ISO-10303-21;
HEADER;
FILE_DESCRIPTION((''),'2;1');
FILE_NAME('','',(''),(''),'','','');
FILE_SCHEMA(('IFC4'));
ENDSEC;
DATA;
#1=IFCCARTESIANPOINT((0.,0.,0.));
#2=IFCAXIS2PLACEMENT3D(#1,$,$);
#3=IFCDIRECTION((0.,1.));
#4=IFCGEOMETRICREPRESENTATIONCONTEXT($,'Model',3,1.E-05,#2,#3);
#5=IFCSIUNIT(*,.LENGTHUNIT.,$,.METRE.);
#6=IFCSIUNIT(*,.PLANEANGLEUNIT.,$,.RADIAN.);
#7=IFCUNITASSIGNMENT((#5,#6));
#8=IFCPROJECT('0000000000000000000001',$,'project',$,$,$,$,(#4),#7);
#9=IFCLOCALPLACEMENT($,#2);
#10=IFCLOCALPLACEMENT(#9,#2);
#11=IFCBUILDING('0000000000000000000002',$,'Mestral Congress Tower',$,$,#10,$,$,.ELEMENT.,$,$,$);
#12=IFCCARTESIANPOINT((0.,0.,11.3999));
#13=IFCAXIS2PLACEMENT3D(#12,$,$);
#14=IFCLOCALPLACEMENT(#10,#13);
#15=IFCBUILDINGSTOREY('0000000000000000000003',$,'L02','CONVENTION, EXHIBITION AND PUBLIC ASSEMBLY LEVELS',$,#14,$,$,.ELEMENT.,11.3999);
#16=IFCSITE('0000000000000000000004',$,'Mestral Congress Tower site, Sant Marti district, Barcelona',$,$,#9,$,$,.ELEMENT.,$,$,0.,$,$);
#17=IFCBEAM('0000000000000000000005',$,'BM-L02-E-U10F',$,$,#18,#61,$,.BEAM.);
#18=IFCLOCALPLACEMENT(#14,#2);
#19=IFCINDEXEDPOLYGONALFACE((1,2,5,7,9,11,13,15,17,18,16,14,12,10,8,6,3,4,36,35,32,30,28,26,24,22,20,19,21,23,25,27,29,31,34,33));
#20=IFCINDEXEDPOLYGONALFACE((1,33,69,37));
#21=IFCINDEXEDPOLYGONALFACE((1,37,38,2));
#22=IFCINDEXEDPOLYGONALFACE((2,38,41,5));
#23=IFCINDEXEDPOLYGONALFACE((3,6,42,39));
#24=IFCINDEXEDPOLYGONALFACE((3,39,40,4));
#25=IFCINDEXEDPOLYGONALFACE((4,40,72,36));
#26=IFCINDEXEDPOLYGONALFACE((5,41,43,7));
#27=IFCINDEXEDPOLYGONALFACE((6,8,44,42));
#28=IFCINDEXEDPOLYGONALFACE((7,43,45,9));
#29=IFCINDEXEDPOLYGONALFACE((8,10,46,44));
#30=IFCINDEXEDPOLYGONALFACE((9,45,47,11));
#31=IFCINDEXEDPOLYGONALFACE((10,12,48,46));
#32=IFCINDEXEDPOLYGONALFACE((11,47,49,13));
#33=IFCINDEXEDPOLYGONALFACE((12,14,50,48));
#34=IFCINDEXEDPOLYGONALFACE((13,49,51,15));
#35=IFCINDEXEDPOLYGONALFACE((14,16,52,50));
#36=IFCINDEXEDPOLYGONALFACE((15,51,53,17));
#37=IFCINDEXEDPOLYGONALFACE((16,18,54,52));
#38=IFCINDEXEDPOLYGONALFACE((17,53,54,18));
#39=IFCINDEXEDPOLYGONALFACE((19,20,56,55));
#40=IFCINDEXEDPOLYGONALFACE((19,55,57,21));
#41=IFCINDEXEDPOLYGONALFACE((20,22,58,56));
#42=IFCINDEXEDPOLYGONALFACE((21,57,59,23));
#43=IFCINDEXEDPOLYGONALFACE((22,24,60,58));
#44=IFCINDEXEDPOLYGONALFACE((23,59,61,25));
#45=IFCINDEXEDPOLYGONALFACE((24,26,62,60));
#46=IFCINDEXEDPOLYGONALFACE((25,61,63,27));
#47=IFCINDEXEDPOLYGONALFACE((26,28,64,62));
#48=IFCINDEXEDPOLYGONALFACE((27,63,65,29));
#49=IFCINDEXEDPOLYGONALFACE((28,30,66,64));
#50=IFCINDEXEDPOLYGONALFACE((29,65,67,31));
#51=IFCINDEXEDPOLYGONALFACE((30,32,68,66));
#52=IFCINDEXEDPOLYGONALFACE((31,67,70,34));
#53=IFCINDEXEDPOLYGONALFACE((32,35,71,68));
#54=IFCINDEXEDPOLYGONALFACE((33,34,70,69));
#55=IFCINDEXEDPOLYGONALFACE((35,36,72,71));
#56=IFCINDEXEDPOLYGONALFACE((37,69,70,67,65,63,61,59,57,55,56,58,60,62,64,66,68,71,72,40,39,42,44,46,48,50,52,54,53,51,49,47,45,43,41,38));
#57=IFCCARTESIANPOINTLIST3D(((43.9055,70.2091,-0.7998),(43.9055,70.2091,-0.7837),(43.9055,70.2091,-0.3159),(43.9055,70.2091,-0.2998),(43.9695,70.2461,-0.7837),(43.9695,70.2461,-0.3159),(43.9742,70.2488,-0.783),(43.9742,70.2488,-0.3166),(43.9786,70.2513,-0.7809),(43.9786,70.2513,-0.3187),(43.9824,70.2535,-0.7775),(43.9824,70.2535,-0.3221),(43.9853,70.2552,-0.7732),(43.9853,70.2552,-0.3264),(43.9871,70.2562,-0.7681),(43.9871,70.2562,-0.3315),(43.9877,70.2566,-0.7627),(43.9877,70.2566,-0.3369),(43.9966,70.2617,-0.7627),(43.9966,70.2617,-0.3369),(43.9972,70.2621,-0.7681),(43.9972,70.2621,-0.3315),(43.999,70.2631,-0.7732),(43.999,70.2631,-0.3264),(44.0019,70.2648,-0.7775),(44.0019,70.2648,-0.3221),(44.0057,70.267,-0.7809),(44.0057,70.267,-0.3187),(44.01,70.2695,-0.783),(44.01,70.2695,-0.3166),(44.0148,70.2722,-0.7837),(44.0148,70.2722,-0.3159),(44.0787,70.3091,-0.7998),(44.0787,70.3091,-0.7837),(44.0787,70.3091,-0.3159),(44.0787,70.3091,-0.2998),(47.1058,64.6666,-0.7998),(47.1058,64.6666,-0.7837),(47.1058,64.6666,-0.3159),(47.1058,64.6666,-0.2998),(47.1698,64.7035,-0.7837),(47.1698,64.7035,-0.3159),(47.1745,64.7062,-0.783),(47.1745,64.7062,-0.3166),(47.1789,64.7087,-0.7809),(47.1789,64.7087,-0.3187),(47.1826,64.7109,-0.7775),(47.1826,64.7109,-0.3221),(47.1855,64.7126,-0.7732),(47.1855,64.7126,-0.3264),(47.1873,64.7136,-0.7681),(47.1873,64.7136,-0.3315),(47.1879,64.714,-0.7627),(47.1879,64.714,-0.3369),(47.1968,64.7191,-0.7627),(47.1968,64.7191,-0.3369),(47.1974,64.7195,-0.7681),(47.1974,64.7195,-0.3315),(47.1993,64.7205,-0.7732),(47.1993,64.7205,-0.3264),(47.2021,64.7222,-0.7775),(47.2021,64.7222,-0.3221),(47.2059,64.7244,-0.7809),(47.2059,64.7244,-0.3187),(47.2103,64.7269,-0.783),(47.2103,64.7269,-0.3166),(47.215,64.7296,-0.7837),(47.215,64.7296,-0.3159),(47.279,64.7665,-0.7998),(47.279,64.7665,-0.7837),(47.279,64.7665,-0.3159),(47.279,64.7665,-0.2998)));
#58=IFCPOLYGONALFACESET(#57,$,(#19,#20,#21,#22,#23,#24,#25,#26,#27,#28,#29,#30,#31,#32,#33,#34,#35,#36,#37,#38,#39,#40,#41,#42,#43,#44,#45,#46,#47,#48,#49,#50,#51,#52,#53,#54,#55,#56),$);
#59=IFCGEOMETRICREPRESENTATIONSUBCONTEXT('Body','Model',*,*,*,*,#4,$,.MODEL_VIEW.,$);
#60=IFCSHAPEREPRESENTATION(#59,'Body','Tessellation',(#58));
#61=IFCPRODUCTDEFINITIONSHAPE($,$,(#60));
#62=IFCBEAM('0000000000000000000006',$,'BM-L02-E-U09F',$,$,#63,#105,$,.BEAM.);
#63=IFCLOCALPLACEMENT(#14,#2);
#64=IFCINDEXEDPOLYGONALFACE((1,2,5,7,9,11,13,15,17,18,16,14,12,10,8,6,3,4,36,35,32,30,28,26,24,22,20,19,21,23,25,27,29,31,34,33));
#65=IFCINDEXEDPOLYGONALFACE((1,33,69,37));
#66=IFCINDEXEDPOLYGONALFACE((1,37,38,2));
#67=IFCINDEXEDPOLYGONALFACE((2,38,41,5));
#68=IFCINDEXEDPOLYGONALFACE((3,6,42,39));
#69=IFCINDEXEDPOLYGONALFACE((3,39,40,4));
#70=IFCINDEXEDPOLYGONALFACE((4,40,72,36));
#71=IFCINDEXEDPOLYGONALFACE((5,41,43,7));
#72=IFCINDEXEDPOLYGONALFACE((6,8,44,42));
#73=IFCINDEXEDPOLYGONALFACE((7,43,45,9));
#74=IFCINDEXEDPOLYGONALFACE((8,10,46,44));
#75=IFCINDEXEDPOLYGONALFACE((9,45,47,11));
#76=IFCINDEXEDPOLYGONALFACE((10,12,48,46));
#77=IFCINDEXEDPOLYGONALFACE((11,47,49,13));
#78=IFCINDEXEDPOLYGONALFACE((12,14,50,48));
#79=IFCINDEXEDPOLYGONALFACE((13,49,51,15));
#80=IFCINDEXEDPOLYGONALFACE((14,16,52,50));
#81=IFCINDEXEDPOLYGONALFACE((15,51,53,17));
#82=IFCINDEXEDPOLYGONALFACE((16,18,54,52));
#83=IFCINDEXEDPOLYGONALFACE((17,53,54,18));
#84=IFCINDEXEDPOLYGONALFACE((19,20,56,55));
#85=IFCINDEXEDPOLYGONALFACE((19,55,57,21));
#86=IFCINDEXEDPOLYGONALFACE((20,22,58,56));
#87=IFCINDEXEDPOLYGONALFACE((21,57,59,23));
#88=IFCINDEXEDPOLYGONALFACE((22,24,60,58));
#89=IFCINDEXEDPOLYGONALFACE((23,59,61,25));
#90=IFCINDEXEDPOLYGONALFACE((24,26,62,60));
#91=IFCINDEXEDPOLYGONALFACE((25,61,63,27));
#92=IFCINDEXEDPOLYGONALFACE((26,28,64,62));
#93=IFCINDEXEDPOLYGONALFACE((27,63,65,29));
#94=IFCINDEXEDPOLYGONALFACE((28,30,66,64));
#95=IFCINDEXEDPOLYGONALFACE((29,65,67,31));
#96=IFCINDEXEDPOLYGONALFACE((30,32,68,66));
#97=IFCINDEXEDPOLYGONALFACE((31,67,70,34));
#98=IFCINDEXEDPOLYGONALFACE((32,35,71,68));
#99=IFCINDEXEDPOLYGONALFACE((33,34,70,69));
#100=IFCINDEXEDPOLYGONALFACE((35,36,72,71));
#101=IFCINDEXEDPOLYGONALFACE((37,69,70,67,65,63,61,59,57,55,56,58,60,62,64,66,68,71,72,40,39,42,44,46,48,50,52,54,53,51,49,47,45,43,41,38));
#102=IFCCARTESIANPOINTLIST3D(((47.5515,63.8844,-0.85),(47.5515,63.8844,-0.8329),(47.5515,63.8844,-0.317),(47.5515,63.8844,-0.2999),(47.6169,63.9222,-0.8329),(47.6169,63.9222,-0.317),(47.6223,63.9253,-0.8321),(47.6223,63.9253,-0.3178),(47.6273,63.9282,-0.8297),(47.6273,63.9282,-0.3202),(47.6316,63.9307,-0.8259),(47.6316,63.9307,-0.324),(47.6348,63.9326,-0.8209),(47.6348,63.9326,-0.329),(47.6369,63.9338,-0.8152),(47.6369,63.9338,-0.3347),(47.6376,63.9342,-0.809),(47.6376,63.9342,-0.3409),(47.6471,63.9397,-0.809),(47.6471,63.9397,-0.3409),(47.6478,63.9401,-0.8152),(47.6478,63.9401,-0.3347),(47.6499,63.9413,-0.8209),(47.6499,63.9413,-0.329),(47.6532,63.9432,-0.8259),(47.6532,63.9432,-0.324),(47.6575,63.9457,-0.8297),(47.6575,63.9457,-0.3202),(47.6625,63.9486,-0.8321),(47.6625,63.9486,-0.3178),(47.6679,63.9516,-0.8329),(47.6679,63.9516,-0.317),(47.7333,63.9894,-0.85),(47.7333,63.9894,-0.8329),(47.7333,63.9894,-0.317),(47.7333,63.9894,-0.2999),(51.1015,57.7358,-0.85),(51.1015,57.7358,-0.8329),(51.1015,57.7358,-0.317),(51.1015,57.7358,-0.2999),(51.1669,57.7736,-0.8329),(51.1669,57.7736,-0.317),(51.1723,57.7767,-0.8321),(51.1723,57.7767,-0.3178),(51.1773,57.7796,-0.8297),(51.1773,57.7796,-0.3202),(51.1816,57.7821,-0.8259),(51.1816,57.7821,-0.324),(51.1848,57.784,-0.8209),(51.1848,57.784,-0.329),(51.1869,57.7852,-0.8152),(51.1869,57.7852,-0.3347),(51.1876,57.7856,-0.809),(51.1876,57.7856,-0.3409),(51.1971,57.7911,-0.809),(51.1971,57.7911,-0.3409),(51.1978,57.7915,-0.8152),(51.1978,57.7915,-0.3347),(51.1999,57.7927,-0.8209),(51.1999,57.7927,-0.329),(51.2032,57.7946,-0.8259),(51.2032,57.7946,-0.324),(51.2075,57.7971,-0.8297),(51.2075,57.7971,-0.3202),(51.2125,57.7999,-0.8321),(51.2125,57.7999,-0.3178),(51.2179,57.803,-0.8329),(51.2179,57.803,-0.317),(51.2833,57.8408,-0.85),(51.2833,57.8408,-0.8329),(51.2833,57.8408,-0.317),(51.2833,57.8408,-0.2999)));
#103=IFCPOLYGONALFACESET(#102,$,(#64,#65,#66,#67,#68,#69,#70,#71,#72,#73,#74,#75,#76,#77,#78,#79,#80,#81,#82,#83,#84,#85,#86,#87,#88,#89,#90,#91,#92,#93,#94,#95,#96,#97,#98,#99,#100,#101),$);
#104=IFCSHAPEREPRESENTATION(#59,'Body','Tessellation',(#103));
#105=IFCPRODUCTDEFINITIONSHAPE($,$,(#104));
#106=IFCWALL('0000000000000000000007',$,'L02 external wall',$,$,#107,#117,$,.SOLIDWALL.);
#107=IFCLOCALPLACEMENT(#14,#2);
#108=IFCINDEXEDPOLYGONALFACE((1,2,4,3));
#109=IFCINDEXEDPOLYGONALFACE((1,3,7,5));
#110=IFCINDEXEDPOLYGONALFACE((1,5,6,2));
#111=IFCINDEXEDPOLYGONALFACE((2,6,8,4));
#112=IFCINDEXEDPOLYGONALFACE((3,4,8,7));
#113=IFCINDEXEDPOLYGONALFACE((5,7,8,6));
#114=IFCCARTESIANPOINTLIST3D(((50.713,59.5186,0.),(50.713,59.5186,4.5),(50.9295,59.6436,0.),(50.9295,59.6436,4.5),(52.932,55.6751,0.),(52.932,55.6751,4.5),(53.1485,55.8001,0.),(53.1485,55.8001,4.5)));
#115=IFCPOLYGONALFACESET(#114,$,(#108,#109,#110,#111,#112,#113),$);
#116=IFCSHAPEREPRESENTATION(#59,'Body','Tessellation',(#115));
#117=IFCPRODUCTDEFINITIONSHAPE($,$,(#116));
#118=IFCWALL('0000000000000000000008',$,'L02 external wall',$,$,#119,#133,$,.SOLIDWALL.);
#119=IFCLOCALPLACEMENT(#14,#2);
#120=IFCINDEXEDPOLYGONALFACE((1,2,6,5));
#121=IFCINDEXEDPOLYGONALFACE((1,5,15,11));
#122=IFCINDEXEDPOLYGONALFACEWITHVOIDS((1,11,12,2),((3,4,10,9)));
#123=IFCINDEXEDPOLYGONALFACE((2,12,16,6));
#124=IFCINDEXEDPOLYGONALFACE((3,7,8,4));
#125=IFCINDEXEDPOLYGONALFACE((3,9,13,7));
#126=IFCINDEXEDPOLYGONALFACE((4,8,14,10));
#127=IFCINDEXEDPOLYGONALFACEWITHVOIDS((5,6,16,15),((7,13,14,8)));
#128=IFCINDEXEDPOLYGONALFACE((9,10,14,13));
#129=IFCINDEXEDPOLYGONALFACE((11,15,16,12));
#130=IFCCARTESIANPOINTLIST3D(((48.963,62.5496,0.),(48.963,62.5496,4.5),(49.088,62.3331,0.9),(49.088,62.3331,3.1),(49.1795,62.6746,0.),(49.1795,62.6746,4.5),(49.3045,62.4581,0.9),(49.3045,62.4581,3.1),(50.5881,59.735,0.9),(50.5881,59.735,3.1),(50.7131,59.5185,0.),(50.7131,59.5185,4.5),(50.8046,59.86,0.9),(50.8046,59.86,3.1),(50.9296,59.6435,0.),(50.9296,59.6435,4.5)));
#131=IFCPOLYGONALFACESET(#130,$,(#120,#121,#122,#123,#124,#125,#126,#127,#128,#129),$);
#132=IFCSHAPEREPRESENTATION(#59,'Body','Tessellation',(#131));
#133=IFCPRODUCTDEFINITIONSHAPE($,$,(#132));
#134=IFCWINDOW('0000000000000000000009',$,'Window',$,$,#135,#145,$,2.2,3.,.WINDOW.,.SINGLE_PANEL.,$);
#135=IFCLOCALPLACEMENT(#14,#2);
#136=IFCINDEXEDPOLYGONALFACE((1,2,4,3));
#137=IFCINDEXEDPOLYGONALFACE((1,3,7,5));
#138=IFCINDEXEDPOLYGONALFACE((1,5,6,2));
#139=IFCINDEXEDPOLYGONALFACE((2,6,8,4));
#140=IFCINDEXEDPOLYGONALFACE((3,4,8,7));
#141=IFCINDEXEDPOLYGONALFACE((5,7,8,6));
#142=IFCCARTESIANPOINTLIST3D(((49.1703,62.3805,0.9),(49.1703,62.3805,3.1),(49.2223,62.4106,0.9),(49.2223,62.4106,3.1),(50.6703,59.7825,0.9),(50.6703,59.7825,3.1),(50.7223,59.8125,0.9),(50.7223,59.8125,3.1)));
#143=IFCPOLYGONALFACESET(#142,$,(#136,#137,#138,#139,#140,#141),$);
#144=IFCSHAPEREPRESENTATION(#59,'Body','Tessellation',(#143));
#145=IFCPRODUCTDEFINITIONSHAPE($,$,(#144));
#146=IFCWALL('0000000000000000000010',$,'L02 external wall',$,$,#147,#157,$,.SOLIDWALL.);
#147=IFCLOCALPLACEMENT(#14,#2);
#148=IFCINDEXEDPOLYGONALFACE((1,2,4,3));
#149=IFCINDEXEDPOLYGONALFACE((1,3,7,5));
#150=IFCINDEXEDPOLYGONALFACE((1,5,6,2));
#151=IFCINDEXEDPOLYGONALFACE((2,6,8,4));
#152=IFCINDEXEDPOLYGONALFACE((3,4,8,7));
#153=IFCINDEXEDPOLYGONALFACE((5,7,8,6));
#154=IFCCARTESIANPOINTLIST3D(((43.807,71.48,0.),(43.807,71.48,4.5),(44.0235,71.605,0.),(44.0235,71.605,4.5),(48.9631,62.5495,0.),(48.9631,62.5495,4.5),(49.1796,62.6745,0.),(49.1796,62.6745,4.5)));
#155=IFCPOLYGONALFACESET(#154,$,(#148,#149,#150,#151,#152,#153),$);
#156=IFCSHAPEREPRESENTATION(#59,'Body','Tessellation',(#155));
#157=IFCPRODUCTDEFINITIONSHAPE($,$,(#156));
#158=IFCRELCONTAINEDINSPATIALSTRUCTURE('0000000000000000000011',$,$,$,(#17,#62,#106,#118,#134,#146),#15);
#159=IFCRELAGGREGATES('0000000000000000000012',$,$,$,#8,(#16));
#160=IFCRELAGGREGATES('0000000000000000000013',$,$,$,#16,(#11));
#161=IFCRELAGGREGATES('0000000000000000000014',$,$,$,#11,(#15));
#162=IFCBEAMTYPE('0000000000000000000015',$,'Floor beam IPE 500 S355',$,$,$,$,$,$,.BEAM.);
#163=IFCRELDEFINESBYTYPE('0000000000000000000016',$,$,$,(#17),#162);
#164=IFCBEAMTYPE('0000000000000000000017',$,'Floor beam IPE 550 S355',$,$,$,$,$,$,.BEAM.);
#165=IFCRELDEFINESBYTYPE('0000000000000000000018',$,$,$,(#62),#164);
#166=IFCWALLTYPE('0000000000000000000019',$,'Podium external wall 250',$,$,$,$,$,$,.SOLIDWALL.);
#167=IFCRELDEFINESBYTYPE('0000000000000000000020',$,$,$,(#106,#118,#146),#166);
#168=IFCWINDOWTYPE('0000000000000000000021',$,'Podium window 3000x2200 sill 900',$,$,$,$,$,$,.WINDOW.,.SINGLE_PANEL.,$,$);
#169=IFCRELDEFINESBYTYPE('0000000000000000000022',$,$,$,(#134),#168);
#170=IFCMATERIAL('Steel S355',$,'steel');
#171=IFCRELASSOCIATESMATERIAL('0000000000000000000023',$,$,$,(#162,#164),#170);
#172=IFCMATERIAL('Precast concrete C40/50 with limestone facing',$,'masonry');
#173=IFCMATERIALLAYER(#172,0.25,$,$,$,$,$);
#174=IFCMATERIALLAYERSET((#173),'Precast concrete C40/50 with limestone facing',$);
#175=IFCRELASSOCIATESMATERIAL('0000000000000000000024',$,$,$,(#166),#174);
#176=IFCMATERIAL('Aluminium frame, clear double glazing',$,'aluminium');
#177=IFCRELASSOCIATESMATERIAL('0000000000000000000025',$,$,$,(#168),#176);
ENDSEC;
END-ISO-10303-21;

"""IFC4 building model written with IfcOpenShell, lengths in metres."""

from ifc_helpers import new_model, si_unit, direction, frame, frame_2d, origin, origin_2d, place, context, subcontext, project, spatial, rectangle, i_section, extrude, material, layer, layer_set, material_profile, profile_set, type_object, element, fill, save


model = new_model("IFC4")

# Units and contexts
model_context = context("Model", 3, precision=1e-05, world=origin(), true_north=direction((0.0, 1.0)))
body_context = subcontext(model_context, "Body", "Model", "MODEL_VIEW")
ifc_project = project(units=[si_unit("LENGTHUNIT", "METRE"), si_unit("PLANEANGLEUNIT", "RADIAN")], contexts=[model_context])

# Site, building, storey
site_placement = place(None, origin())
site = spatial("IfcSite", under=ifc_project, at=site_placement, Name="Mestral Congress Tower site, Sant Marti district, Barcelona", CompositionType="ELEMENT", RefElevation=0.0)
building_placement = place(site_placement, origin())
building = spatial("IfcBuilding", under=site, at=building_placement, Name="Mestral Congress Tower", CompositionType="ELEMENT")
storey_placement = place(building_placement, frame((0.0, 0.0, 11.3999)))
storey = spatial("IfcBuildingStorey", under=building, at=storey_placement, Name="L02", Description="CONVENTION, EXHIBITION AND PUBLIC ASSEMBLY LEVELS", CompositionType="ELEMENT", Elevation=11.3999)

# Beams
ifc_material_1 = material(Name="Steel S355", Category="steel")
ifc_material_profile_1 = material_profile(ifc_material_1, i_section(OverallWidth=0.2, OverallDepth=0.5, WebThickness=0.0103, FlangeThickness=0.0161, FilletRadius=0.021, at=origin_2d()), Name="IPE 500")
ifc_profile_set_1 = profile_set([ifc_material_profile_1], Name="Steel S355")
beam_type_1 = type_object("IfcBeamType", Name="Floor beam IPE 500 S355", PredefinedType="BEAM", material=ifc_profile_set_1)
beam_1_placement = place(storey_placement, frame((47.1924, 64.7166, -0.5498), z_axis=(-0.500028, 0.866009, 0.0), x_axis=(-0.866009, -0.500028, 0.0)))
element("IfcBeam", 1, at=beam_1_placement, inside=storey, type_object=beam_type_1, Name="BM-L02-E-U10F", PredefinedType="BEAM", context=body_context, shape_type="SweptSolid", body=[
    extrude(i_section(OverallWidth=0.2, OverallDepth=0.5, WebThickness=0.0103, FlangeThickness=0.0161, FilletRadius=0.021, at=origin_2d()), origin(), (0.0, 0.0, 1.0), 6.4001),
])
ifc_material_profile_2 = material_profile(ifc_material_1, i_section(OverallWidth=0.21, OverallDepth=0.55, WebThickness=0.011, FlangeThickness=0.0171, FilletRadius=0.0239, at=origin_2d()), Name="IPE 550")
ifc_profile_set_2 = profile_set([ifc_material_profile_2], Name="Steel S355")
beam_type_2 = type_object("IfcBeamType", Name="Floor beam IPE 550 S355", PredefinedType="BEAM", material=ifc_profile_set_2)
beam_2_placement = place(storey_placement, frame((51.1924, 57.7883, -0.575), z_axis=(-0.500011, 0.866019, 0.0), x_axis=(-0.866019, -0.500011, 0.0)))
element("IfcBeam", 2, at=beam_2_placement, inside=storey, type_object=beam_type_2, Name="BM-L02-E-U09F", PredefinedType="BEAM", context=body_context, shape_type="SweptSolid", body=[
    extrude(i_section(OverallWidth=0.21, OverallDepth=0.55, WebThickness=0.011, FlangeThickness=0.0171, FilletRadius=0.0239, at=origin_2d()), origin(), (0.0, 0.0, 1.0), 7.0999),
])

# Wall
ifc_material_2 = material(Name="Precast concrete C40/50 with limestone facing", Category="masonry")
ifc_layer_1 = layer(ifc_material_2, 0.25)
ifc_layer_set_1 = layer_set([ifc_layer_1], Name="Precast concrete C40/50 with limestone facing")
wall_type_1 = type_object("IfcWallType", Name="Podium external wall 250", PredefinedType="SOLIDWALL", material=ifc_layer_set_1)
wall_1_placement = place(storey_placement, frame((50.8213, 59.5811, 0.0), z_axis=(0.0, 0.0, 1.0), x_axis=(0.499991, -0.866031, 0.0)))
element("IfcWall", 3, at=wall_1_placement, inside=storey, type_object=wall_type_1, Name="L02 external wall", PredefinedType="SOLIDWALL", context=body_context, shape_type="SweptSolid", body=[
    extrude(rectangle(XDim=4.438, YDim=0.25, at=frame_2d((2.219, 0.0))), origin(), (0.0, 0.0, 1.0), 4.5),
])

# Wall, opening, window
wall_2_placement = place(storey_placement, frame((49.0713, 62.6121, 0.0), z_axis=(0.0, 0.0, 1.0), x_axis=(0.50001, -0.866019, 0.0)))
wall_2 = element("IfcWall", 4, at=wall_2_placement, inside=storey, type_object=wall_type_1, Name="L02 external wall", PredefinedType="SOLIDWALL", context=body_context, shape_type="SweptSolid", body=[
    extrude(rectangle(XDim=3.5, YDim=0.25, at=frame_2d((1.75, 0.0))), origin(), (0.0, 0.0, 1.0), 4.5),
])
opening_1_placement = place(wall_2_placement, frame((0.25, 0.0, 0.8999)))
opening_1 = element("IfcOpeningElement", 5, at=opening_1_placement, cuts=wall_2, PredefinedType="OPENING", context=body_context, shape_type="SweptSolid", body=[
    extrude(rectangle(XDim=3.0, YDim=2.2, at=frame_2d((1.5, 1.1001))), frame((0.0, 0.135, 0.0), z_axis=(0.0, -1.0, 0.0), x_axis=(1.0, 0.0, 0.0)), (0.0, 0.0, 1.0), 0.27),
])
ifc_material_3 = material(Name="Aluminium frame, clear double glazing", Category="aluminium")
window_type = type_object("IfcWindowType", Name="Podium window 3000x2200 sill 900", PartitioningType="SINGLE_PANEL", PredefinedType="WINDOW", material=ifc_material_3)
window_placement = place(opening_1_placement, origin())
window = element("IfcWindow", 6, at=window_placement, inside=storey, type_object=window_type, Name="Window", OverallHeight=2.2, OverallWidth=3.0, PartitioningType="SINGLE_PANEL", PredefinedType="WINDOW", context=body_context, shape_type="SweptSolid", body=[
    extrude(rectangle(XDim=3.0, YDim=2.2, at=frame_2d((1.5, 1.1001))), frame((0.0, 0.03, 0.0), z_axis=(0.0, -1.0, 0.0), x_axis=(1.0, 0.0, 0.0)), (0.0, 0.0, 1.0), 0.0601),
])
fill(opening_1, window)

# Wall
wall_3_placement = place(storey_placement, frame((43.9153, 71.5425, 0.0), z_axis=(0.0, 0.0, 1.0), x_axis=(0.500002, -0.866024, 0.0)))
element("IfcWall", 7, at=wall_3_placement, inside=storey, type_object=wall_type_1, Name="L02 external wall", PredefinedType="SOLIDWALL", context=body_context, shape_type="SweptSolid", body=[
    extrude(rectangle(XDim=10.312, YDim=0.25, at=frame_2d((5.156, 0.0))), origin(), (0.0, 0.0, 1.0), 4.5),
])

save(model, "model.ifc")
